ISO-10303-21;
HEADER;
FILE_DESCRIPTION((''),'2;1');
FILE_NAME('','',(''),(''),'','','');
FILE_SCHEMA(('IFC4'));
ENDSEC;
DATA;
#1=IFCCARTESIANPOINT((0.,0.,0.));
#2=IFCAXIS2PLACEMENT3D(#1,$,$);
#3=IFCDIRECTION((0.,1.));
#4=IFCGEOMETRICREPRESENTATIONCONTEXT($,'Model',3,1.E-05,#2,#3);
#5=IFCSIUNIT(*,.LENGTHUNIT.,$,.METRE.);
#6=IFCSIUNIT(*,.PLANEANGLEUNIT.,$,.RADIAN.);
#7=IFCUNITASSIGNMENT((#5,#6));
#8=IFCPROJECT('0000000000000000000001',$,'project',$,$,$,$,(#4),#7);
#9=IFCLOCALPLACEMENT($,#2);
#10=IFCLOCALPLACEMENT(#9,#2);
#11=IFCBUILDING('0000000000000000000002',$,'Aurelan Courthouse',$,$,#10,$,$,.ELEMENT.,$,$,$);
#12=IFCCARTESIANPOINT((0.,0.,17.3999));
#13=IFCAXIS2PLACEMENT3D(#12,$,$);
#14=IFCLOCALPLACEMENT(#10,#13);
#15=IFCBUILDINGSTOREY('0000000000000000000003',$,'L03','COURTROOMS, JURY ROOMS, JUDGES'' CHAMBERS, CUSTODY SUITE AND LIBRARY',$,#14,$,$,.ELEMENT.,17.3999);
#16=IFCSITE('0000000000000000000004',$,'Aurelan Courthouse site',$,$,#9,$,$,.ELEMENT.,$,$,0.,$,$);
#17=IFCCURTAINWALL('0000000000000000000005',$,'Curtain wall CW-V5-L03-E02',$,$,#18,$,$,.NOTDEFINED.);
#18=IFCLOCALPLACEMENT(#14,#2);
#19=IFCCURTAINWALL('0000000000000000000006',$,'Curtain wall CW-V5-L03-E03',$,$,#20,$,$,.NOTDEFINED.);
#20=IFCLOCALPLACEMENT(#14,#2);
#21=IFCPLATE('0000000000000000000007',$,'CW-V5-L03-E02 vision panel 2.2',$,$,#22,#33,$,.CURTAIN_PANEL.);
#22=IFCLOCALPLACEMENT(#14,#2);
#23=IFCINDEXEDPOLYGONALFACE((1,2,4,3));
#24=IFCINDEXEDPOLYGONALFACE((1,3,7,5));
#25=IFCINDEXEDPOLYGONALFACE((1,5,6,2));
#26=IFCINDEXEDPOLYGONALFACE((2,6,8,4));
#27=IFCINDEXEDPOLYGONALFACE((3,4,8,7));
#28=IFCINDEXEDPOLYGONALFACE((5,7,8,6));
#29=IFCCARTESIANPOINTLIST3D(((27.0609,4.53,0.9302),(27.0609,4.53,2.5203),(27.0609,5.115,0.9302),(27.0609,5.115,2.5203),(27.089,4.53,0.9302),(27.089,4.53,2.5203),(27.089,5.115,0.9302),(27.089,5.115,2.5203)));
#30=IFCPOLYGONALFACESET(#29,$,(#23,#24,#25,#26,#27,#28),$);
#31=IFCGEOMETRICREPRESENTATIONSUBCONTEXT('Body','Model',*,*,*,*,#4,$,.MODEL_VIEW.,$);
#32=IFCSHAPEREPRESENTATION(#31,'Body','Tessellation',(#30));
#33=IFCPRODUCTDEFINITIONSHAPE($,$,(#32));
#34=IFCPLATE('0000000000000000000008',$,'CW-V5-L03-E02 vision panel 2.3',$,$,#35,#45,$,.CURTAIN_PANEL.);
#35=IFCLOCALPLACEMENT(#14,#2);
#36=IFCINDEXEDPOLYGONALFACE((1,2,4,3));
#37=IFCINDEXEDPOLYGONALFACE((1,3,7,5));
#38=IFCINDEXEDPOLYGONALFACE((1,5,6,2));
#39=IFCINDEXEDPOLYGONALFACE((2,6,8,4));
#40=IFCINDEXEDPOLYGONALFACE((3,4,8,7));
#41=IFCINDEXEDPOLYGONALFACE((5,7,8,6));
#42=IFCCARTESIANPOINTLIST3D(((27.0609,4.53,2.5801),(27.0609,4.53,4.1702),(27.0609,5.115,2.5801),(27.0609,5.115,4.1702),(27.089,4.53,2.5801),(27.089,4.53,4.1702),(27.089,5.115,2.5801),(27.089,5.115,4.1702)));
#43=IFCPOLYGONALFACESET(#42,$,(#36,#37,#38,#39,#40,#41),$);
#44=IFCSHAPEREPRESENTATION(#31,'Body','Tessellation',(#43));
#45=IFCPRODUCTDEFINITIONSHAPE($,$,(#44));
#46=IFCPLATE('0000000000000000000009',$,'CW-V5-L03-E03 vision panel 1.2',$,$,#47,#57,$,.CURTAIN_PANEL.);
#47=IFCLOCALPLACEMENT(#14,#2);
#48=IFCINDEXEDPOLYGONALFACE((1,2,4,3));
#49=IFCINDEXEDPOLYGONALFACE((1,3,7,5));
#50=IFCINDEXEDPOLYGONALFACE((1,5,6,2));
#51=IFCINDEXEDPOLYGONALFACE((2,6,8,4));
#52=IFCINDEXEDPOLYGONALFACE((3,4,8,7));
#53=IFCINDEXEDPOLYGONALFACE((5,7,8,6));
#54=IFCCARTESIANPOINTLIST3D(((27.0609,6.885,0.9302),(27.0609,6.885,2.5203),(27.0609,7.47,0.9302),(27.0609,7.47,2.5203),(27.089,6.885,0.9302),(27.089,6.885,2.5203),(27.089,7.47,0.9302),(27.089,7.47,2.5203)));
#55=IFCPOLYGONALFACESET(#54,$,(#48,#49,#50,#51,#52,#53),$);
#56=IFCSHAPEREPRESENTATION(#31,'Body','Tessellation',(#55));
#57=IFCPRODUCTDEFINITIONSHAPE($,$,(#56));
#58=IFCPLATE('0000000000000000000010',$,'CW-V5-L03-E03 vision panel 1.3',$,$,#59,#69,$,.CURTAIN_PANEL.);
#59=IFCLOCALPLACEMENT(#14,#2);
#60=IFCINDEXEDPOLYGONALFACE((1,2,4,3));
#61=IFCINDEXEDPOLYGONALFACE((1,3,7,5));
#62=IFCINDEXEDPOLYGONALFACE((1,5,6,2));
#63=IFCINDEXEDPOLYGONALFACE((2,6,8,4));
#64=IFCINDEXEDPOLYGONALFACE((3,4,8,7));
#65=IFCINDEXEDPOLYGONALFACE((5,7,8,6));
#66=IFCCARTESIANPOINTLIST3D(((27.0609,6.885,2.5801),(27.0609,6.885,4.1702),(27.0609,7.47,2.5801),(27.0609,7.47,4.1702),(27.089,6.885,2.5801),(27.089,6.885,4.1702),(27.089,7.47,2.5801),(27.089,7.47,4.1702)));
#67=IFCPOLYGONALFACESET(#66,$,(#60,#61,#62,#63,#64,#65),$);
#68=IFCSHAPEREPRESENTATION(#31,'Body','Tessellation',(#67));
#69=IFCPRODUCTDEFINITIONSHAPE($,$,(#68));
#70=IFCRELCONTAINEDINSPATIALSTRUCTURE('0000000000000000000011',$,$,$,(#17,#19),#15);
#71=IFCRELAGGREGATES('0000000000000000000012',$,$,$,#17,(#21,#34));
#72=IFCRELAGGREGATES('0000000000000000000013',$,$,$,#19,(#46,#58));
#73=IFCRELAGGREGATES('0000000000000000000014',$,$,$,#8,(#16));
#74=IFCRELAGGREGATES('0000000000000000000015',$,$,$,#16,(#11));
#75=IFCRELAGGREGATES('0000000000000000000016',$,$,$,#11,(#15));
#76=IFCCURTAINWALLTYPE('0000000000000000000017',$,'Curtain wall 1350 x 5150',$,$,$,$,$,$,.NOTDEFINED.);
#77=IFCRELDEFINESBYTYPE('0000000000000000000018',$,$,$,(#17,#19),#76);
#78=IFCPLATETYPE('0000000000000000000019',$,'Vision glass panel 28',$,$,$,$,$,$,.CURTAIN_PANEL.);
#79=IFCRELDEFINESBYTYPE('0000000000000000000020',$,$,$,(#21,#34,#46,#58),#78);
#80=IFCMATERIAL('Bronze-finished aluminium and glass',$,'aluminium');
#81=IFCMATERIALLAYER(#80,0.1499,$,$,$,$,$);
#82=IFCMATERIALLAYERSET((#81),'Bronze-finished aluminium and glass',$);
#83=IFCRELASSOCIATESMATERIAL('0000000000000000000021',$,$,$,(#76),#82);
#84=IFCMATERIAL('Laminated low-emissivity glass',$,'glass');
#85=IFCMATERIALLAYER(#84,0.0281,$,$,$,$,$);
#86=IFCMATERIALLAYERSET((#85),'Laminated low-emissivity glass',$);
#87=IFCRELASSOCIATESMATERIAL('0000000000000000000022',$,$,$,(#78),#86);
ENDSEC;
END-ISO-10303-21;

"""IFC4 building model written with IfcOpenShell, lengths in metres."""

from ifc_helpers import new_model, si_unit, direction, frame, origin, origin_2d, place, context, subcontext, project, spatial, rectangle, extrude, material, layer, layer_set, type_object, element, aggregate, save


model = new_model("IFC4")

# Units and contexts
model_context = context("Model", 3, precision=1e-05, world=origin(), true_north=direction((0.0, 1.0)))
body_context = subcontext(model_context, "Body", "Model", "MODEL_VIEW")
ifc_project = project(units=[si_unit("LENGTHUNIT", "METRE"), si_unit("PLANEANGLEUNIT", "RADIAN")], contexts=[model_context])

# Site, building, storey
site_placement = place(None, origin())
site = spatial("IfcSite", under=ifc_project, at=site_placement, Name="Aurelan Courthouse site", CompositionType="ELEMENT", RefElevation=0.0)
building_placement = place(site_placement, origin())
building = spatial("IfcBuilding", under=site, at=building_placement, Name="Aurelan Courthouse", CompositionType="ELEMENT")
storey_placement = place(building_placement, frame((0.0, 0.0, 17.3999)))
storey = spatial("IfcBuildingStorey", under=building, at=storey_placement, Name="L03", Description="COURTROOMS, JURY ROOMS, JUDGES' CHAMBERS, CUSTODY SUITE AND LIBRARY", CompositionType="ELEMENT", Elevation=17.3999)

# Curtain walls
ifc_material_1 = material(Name="Bronze-finished aluminium and glass", Category="aluminium")
ifc_layer_1 = layer(ifc_material_1, 0.1499)
ifc_layer_set_1 = layer_set([ifc_layer_1], Name="Bronze-finished aluminium and glass")
curtain_wall_type = type_object("IfcCurtainWallType", Name="Curtain wall 1350 x 5150", PredefinedType="NOTDEFINED", material=ifc_layer_set_1)
curtain_wall_1_placement = place(storey_placement, origin())
curtain_wall_1 = element("IfcCurtainWall", 1, at=curtain_wall_1_placement, inside=storey, type_object=curtain_wall_type, Name="Curtain wall CW-V5-L03-E02", PredefinedType="NOTDEFINED")
curtain_wall_2_placement = place(storey_placement, origin())
curtain_wall_2 = element("IfcCurtainWall", 2, at=curtain_wall_2_placement, inside=storey, type_object=curtain_wall_type, Name="Curtain wall CW-V5-L03-E03", PredefinedType="NOTDEFINED")

# Plates
ifc_material_2 = material(Name="Laminated low-emissivity glass", Category="glass")
ifc_layer_2 = layer(ifc_material_2, 0.0281)
ifc_layer_set_2 = layer_set([ifc_layer_2], Name="Laminated low-emissivity glass")
plate_type_1 = type_object("IfcPlateType", Name="Vision glass panel 28", PredefinedType="CURTAIN_PANEL", material=ifc_layer_set_2)
plate_1_placement = place(storey_placement, frame((27.075, 4.8225, 0.9302), z_axis=(0.0, 0.0, 1.0), x_axis=(0.0, 1.0, 0.0)))
plate_1 = element("IfcPlate", 3, at=plate_1_placement, type_object=plate_type_1, Name="CW-V5-L03-E02 vision panel 2.2", PredefinedType="CURTAIN_PANEL", context=body_context, shape_type="SweptSolid", body=[
    extrude(rectangle(XDim=0.585, YDim=0.0281, at=origin_2d()), origin(), (0.0, 0.0, 1.0), 1.5901),
])
plate_2_placement = place(storey_placement, frame((27.075, 4.8225, 2.5801), z_axis=(0.0, 0.0, 1.0), x_axis=(0.0, 1.0, 0.0)))
plate_2 = element("IfcPlate", 4, at=plate_2_placement, type_object=plate_type_1, Name="CW-V5-L03-E02 vision panel 2.3", PredefinedType="CURTAIN_PANEL", context=body_context, shape_type="SweptSolid", body=[
    extrude(rectangle(XDim=0.585, YDim=0.0281, at=origin_2d()), origin(), (0.0, 0.0, 1.0), 1.5901),
])
aggregate(curtain_wall_1, [plate_1, plate_2])
plate_3_placement = place(storey_placement, frame((27.075, 7.1775, 0.9302), z_axis=(0.0, 0.0, 1.0), x_axis=(0.0, 1.0, 0.0)))
plate_3 = element("IfcPlate", 5, at=plate_3_placement, type_object=plate_type_1, Name="CW-V5-L03-E03 vision panel 1.2", PredefinedType="CURTAIN_PANEL", context=body_context, shape_type="SweptSolid", body=[
    extrude(rectangle(XDim=0.585, YDim=0.0281, at=origin_2d()), origin(), (0.0, 0.0, 1.0), 1.5901),
])
plate_4_placement = place(storey_placement, frame((27.075, 7.1775, 2.5801), z_axis=(0.0, 0.0, 1.0), x_axis=(0.0, 1.0, 0.0)))
plate_4 = element("IfcPlate", 6, at=plate_4_placement, type_object=plate_type_1, Name="CW-V5-L03-E03 vision panel 1.3", PredefinedType="CURTAIN_PANEL", context=body_context, shape_type="SweptSolid", body=[
    extrude(rectangle(XDim=0.585, YDim=0.0281, at=origin_2d()), origin(), (0.0, 0.0, 1.0), 1.5901),
])
aggregate(curtain_wall_2, [plate_3, plate_4])

save(model, "model.ifc")
